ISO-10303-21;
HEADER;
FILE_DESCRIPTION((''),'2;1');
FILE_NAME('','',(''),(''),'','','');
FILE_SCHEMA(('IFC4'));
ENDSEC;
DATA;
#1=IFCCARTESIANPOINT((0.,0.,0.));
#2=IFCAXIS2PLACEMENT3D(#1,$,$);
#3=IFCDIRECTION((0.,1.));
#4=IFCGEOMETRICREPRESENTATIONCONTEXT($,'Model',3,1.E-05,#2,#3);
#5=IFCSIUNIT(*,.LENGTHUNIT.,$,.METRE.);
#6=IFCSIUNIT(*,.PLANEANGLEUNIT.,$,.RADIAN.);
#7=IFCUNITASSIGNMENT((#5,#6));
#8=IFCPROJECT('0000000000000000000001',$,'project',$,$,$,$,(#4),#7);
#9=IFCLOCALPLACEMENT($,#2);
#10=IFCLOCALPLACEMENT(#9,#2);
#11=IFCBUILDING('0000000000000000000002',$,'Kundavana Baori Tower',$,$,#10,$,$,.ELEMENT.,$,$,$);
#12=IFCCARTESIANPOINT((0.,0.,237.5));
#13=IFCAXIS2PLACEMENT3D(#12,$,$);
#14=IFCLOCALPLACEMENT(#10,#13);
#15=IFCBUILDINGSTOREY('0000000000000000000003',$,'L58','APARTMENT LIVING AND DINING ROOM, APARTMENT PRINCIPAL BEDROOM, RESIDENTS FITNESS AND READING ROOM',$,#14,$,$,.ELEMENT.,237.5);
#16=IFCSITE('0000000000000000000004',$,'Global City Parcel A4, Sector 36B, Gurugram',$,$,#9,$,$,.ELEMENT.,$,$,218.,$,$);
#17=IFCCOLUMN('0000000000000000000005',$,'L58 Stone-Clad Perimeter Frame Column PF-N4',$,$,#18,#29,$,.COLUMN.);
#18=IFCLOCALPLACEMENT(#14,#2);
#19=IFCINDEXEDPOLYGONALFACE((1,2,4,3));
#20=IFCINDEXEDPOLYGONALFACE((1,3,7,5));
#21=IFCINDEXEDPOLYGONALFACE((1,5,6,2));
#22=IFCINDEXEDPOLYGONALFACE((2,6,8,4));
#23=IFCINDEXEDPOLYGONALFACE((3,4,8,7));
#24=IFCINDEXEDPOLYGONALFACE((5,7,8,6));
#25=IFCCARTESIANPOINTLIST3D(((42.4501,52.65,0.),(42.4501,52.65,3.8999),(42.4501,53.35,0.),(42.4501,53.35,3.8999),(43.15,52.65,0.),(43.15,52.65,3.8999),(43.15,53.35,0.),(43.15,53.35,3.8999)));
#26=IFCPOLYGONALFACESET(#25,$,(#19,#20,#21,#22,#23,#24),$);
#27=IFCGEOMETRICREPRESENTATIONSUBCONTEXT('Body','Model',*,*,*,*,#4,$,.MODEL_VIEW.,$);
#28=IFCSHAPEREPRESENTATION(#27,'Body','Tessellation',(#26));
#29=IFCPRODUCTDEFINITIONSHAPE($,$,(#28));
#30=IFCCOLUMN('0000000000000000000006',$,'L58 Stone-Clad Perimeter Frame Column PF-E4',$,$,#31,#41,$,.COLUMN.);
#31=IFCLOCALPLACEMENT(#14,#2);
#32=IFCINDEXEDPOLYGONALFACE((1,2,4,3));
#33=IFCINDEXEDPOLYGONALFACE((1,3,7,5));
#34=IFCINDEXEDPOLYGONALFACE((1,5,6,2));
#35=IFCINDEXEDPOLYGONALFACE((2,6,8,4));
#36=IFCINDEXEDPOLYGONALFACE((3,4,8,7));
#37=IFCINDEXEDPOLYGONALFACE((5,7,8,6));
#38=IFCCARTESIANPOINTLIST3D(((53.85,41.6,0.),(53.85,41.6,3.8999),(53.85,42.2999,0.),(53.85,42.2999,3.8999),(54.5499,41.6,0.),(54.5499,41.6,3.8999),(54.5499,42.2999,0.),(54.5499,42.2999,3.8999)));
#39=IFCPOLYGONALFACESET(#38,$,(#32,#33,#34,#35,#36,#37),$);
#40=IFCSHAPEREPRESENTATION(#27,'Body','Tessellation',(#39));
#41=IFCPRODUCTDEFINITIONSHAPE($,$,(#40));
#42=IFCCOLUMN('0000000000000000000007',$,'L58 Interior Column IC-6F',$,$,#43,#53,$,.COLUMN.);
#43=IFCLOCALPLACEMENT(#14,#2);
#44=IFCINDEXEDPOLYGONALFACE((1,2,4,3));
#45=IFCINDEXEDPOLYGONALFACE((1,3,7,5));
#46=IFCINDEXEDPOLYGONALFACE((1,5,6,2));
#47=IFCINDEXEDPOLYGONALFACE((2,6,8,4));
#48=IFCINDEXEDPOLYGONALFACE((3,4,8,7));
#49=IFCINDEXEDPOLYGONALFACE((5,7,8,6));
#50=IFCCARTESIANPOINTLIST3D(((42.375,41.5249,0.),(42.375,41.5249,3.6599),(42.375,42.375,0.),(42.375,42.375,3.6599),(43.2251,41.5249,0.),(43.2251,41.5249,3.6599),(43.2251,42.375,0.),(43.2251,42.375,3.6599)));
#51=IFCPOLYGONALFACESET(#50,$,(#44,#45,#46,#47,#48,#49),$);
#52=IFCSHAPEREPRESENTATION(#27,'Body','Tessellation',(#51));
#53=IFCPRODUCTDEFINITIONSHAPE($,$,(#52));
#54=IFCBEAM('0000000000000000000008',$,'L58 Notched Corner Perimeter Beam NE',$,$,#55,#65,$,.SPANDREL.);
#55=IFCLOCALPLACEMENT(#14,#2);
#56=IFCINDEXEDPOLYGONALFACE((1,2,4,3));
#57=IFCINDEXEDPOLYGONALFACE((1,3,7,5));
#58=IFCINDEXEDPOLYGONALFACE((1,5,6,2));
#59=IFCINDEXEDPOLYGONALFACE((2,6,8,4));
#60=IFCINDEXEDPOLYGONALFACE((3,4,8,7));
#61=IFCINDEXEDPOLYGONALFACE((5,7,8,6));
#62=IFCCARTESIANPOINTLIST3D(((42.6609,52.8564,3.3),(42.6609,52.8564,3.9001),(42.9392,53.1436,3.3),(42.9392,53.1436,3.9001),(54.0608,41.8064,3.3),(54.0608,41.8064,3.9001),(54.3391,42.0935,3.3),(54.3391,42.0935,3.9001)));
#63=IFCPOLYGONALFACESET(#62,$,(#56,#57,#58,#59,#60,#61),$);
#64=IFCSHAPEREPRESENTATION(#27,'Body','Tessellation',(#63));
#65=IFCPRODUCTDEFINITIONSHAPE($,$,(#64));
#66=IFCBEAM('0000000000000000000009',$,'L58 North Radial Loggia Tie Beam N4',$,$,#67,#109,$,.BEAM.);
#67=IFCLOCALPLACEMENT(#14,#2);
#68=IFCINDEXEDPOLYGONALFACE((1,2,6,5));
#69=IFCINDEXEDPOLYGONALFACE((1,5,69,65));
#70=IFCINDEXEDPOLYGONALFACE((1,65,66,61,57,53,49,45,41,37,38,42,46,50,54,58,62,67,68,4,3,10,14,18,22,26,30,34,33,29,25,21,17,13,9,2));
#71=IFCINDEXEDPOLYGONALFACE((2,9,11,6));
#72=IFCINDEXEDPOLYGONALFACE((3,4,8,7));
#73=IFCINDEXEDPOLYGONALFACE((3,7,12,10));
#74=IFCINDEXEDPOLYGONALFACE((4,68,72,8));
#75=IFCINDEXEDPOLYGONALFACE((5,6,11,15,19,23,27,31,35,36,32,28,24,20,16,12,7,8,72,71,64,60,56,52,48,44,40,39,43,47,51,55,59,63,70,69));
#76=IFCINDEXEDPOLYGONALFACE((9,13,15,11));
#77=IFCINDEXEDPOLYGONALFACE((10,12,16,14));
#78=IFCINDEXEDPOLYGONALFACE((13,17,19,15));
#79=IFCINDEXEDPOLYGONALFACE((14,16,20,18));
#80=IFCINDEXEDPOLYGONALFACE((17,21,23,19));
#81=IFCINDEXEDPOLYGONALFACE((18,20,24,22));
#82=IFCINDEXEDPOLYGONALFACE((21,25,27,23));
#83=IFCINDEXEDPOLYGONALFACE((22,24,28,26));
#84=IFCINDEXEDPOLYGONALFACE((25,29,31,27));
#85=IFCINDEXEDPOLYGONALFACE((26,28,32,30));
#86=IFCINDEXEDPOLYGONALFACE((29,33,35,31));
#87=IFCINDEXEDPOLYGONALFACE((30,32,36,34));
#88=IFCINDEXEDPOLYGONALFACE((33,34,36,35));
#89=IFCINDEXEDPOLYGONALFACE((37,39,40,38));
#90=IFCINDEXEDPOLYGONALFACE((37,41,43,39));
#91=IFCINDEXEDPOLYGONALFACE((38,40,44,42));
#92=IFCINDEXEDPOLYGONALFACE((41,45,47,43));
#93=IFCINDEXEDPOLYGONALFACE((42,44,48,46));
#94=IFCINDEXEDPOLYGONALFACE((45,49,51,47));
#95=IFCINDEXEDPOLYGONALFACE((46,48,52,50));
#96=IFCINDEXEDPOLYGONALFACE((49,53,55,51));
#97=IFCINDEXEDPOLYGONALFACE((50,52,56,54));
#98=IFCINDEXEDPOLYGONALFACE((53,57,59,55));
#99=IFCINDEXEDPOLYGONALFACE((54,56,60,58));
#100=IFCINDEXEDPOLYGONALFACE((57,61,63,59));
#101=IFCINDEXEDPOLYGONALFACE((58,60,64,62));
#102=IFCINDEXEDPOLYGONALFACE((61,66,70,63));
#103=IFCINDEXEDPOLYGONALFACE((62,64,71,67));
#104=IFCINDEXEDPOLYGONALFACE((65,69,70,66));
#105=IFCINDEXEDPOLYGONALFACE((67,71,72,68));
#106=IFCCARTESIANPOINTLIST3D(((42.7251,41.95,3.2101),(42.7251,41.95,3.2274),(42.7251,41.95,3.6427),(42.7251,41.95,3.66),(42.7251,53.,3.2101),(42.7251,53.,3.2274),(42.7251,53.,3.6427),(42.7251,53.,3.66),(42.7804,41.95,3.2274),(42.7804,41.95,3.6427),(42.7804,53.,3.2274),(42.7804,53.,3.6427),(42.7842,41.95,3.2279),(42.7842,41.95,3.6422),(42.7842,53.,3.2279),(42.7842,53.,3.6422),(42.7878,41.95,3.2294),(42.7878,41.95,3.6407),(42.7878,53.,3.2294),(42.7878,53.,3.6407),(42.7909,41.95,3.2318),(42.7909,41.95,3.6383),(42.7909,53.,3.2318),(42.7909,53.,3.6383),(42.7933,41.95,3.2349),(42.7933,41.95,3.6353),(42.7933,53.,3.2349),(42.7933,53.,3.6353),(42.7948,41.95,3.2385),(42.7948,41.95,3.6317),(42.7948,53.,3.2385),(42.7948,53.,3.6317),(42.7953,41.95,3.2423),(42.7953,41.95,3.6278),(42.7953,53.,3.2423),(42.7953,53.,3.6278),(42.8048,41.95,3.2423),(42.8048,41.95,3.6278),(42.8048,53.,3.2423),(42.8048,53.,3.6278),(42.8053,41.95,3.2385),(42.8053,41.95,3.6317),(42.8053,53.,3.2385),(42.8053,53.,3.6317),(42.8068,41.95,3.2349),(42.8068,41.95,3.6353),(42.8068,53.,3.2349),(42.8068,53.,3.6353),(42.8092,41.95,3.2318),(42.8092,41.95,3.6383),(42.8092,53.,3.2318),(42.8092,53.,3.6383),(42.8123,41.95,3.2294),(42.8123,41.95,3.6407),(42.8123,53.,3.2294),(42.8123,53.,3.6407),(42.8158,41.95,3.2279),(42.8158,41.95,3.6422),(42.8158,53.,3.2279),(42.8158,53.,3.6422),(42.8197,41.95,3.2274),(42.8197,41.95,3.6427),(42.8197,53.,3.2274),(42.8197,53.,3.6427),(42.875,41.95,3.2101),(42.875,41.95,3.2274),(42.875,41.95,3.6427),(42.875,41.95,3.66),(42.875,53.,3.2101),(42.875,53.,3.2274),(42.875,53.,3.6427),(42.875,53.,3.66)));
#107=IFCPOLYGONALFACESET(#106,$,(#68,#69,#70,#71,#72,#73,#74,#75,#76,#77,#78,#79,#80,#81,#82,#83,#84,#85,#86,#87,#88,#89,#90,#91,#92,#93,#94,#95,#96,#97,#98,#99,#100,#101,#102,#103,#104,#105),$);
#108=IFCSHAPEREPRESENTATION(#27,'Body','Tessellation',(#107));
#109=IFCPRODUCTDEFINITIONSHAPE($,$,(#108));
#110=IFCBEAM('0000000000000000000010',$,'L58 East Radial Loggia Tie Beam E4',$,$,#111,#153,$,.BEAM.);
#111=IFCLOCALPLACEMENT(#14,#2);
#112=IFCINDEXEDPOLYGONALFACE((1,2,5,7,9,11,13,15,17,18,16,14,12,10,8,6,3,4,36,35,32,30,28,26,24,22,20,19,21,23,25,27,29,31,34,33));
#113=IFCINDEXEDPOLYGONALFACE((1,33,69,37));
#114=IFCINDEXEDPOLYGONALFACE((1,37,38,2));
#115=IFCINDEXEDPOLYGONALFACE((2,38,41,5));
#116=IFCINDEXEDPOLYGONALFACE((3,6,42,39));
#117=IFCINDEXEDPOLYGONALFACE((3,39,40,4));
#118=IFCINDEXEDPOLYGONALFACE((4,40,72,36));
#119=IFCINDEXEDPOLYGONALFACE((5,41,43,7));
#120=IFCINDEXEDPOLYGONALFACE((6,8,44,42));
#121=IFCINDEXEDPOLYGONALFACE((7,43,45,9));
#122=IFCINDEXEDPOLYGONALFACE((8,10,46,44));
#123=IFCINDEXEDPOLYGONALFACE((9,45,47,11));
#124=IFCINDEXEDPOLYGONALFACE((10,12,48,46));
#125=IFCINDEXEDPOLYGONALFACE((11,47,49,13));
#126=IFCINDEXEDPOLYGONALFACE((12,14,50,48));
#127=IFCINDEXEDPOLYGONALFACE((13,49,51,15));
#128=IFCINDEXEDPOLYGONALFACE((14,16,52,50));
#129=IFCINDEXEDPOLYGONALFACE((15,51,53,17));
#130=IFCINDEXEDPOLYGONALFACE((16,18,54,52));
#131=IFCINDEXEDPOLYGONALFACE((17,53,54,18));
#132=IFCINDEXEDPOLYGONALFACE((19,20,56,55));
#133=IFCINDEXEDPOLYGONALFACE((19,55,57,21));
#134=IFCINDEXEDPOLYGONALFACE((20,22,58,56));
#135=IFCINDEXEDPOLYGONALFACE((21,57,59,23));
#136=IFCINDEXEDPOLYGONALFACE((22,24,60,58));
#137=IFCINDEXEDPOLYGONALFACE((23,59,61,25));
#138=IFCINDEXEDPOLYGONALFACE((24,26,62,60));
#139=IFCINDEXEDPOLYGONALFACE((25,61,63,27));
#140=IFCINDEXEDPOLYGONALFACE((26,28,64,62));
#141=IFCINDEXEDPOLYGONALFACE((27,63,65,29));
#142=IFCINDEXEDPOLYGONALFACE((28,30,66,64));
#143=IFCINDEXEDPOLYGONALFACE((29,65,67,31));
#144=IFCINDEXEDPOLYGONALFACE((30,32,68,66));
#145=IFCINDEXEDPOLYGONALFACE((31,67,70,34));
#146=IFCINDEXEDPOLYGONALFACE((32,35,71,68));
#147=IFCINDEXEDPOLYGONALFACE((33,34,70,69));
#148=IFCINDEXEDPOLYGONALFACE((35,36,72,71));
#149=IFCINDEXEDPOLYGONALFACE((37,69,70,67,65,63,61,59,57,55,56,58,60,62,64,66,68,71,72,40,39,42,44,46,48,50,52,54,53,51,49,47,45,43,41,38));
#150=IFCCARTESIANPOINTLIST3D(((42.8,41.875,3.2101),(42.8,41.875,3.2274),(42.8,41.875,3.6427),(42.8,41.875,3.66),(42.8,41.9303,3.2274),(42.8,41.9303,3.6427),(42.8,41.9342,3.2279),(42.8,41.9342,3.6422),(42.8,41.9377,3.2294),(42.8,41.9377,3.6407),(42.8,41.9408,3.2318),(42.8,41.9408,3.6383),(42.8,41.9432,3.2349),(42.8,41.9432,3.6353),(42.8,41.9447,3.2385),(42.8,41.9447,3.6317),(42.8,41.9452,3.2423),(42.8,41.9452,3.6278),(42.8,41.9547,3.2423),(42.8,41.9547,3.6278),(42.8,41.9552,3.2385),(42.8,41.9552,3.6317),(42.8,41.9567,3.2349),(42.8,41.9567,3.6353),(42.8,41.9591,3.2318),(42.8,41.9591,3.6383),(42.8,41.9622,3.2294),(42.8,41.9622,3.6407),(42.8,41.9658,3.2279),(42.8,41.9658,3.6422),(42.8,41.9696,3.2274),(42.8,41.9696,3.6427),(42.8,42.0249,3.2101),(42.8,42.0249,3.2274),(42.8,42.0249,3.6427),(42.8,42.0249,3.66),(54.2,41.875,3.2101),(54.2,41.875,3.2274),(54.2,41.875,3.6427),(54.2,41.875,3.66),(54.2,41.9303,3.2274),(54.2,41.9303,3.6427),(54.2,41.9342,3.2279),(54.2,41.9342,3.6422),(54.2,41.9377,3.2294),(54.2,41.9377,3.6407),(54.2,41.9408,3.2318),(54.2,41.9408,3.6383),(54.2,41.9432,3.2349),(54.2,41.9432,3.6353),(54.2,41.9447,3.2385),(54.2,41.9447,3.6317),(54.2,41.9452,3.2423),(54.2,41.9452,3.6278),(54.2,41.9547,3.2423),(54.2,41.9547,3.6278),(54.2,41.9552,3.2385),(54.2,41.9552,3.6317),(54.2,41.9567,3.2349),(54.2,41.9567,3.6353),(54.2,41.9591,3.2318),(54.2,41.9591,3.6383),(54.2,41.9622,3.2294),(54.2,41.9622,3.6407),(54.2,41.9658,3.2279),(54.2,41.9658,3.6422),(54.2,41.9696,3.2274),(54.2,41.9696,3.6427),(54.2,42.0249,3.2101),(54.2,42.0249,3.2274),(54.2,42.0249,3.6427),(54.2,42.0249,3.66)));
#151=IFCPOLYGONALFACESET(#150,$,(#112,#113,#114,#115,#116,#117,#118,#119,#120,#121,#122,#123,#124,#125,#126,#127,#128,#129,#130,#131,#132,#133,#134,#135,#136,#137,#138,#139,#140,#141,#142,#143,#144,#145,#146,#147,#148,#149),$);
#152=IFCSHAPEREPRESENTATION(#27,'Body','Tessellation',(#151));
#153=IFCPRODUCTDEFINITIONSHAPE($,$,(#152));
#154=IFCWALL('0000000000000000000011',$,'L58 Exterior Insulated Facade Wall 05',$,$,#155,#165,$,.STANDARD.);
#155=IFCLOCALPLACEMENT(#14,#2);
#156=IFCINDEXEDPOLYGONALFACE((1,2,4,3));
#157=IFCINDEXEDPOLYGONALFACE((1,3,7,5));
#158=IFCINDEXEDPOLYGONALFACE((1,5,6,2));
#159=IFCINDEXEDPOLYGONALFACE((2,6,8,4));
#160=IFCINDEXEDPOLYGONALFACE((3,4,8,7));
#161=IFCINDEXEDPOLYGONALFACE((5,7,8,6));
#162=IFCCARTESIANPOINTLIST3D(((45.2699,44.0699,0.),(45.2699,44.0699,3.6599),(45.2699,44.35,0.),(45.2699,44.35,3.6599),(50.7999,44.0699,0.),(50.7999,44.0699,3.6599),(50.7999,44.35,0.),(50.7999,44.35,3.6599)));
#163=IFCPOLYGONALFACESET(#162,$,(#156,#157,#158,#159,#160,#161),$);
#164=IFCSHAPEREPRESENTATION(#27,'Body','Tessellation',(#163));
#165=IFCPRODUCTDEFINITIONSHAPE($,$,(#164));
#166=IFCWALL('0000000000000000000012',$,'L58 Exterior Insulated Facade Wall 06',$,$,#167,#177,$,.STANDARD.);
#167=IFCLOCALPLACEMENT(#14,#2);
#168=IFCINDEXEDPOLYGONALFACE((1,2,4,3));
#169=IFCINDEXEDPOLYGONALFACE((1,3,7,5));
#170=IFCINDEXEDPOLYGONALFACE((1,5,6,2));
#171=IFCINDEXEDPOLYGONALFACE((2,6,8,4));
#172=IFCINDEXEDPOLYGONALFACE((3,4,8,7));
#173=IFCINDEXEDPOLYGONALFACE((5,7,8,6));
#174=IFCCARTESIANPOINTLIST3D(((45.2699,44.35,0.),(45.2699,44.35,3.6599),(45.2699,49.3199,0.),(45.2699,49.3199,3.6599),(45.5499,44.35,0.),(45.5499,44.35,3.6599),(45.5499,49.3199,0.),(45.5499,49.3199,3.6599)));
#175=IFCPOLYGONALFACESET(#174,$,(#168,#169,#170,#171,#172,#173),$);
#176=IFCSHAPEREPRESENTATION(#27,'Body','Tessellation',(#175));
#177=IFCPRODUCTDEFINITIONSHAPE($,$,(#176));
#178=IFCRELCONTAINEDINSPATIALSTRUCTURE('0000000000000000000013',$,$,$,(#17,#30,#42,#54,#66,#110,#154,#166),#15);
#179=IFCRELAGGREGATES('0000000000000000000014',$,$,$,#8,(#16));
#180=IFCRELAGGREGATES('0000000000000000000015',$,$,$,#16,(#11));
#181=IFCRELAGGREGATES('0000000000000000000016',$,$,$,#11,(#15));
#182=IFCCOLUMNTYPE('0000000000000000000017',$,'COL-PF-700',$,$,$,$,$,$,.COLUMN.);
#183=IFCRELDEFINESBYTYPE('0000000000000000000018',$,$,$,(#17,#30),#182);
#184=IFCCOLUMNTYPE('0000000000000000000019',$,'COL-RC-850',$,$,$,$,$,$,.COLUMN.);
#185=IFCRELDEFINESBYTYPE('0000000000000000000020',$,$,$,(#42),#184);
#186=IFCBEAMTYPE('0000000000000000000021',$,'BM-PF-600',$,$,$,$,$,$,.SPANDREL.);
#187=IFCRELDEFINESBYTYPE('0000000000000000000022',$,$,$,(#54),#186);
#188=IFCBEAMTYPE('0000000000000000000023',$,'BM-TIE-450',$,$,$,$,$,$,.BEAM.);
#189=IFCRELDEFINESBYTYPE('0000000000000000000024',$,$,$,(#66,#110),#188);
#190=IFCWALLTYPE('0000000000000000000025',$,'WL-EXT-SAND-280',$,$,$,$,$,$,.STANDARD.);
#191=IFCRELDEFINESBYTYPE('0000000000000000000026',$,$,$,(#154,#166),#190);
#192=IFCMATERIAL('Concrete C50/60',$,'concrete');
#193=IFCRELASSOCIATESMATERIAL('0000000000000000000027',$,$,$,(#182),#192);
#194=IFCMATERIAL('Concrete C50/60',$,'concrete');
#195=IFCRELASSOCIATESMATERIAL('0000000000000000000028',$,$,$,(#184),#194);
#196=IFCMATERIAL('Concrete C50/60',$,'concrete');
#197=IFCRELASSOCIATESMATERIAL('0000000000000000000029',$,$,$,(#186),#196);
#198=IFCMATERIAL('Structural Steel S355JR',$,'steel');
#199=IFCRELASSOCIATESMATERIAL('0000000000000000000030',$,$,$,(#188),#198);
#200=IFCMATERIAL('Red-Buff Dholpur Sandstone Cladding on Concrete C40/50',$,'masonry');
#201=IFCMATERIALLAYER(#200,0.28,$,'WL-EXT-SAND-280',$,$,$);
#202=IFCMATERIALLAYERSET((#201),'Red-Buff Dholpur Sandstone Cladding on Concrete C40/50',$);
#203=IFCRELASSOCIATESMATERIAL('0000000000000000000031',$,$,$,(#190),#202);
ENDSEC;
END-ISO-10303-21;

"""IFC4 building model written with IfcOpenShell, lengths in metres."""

from ifc_helpers import new_model, si_unit, direction, frame, frame_2d, origin, origin_2d, place, context, subcontext, project, spatial, rectangle, i_section, extrude, material, layer, layer_set, material_profile, profile_set, type_object, element, save


model = new_model("IFC4")

# Units and contexts
model_context = context("Model", 3, precision=1e-05, world=origin(), true_north=direction((0.0, 1.0)))
body_context = subcontext(model_context, "Body", "Model", "MODEL_VIEW")
ifc_project = project(units=[si_unit("LENGTHUNIT", "METRE"), si_unit("PLANEANGLEUNIT", "RADIAN")], contexts=[model_context])

# Site, building, storey
site_placement = place(None, origin())
site = spatial("IfcSite", under=ifc_project, at=site_placement, Name="Global City Parcel A4, Sector 36B, Gurugram", CompositionType="ELEMENT", RefElevation=218.0)
building_placement = place(site_placement, origin())
building = spatial("IfcBuilding", under=site, at=building_placement, Name="Kundavana Baori Tower", CompositionType="ELEMENT")
storey_placement = place(building_placement, frame((0.0, 0.0, 237.5)))
storey = spatial("IfcBuildingStorey", under=building, at=storey_placement, Name="L58", Description="APARTMENT LIVING AND DINING ROOM, APARTMENT PRINCIPAL BEDROOM, RESIDENTS FITNESS AND READING ROOM", CompositionType="ELEMENT", Elevation=237.5)

# Columns
ifc_material_1 = material(Name="Concrete C50/60", Category="concrete")
ifc_material_profile_1 = material_profile(ifc_material_1, rectangle(XDim=0.7, YDim=0.7, at=origin_2d()), Name="RC PF 700x700")
ifc_profile_set_1 = profile_set([ifc_material_profile_1], Name="Concrete C50/60")
column_type_1 = type_object("IfcColumnType", Name="COL-PF-700", PredefinedType="COLUMN", material=ifc_profile_set_1)
for number, where, z_axis, x_axis, name in (
    (1, (42.8, 53.0, 0.0), (0.0, 0.0, 1.0), (1.0, 0.0, 0.0), "L58 Stone-Clad Perimeter Frame Column PF-N4"),
    (2, (54.2, 41.95, 0.0), (0.0, 0.0, 1.0), (1.0, 0.0, 0.0), "L58 Stone-Clad Perimeter Frame Column PF-E4"),
):
    element("IfcColumn", number, at=place(storey_placement, frame(where, z_axis=z_axis, x_axis=x_axis)), inside=storey, type_object=column_type_1, Name=name, PredefinedType="COLUMN", context=body_context, shape_type="SweptSolid", body=[
        extrude(rectangle(XDim=0.7, YDim=0.7, at=origin_2d()), origin(), (0.0, 0.0, 1.0), 3.8999),
    ])
ifc_material_2 = material(Name="Concrete C50/60", Category="concrete")
ifc_material_profile_2 = material_profile(ifc_material_2, rectangle(XDim=0.8501, YDim=0.8501, at=origin_2d()), Name="RC 850x850")
ifc_profile_set_2 = profile_set([ifc_material_profile_2], Name="Concrete C50/60")
column_type_2 = type_object("IfcColumnType", Name="COL-RC-850", PredefinedType="COLUMN", material=ifc_profile_set_2)
column_placement = place(storey_placement, frame((42.8, 41.95, 0.0), z_axis=(0.0, 0.0, 1.0), x_axis=(1.0, 0.0, 0.0)))
element("IfcColumn", 3, at=column_placement, inside=storey, type_object=column_type_2, Name="L58 Interior Column IC-6F", PredefinedType="COLUMN", context=body_context, shape_type="SweptSolid", body=[
    extrude(rectangle(XDim=0.8501, YDim=0.8501, at=origin_2d()), origin(), (0.0, 0.0, 1.0), 3.6599),
])

# Beams
ifc_material_3 = material(Name="Concrete C50/60", Category="concrete")
ifc_material_profile_3 = material_profile(ifc_material_3, rectangle(XDim=0.3999, YDim=0.6001, at=origin_2d()), Name="RC BM 400x600")
ifc_profile_set_3 = profile_set([ifc_material_profile_3], Name="Concrete C50/60")
beam_type_1 = type_object("IfcBeamType", Name="BM-PF-600", PredefinedType="SPANDREL", material=ifc_profile_set_3)
beam_1_placement = place(storey_placement, frame((42.8, 53.0, 3.6001), z_axis=(0.718039, -0.696003, 0.0), x_axis=(0.696003, 0.718039, 0.0)))
element("IfcBeam", 4, at=beam_1_placement, inside=storey, type_object=beam_type_1, Name="L58 Notched Corner Perimeter Beam NE", PredefinedType="SPANDREL", context=body_context, shape_type="SweptSolid", body=[
    extrude(rectangle(XDim=0.3999, YDim=0.6001, at=origin_2d()), origin(), (0.0, 0.0, 1.0), 15.8765),
])
ifc_material_4 = material(Name="Structural Steel S355JR", Category="steel")
ifc_material_profile_4 = material_profile(ifc_material_4, i_section(OverallWidth=0.1499, OverallDepth=0.45, WebThickness=0.0095, FlangeThickness=0.0173, FilletRadius=0.0149, at=origin_2d()), Name="ISMB 450")
ifc_profile_set_4 = profile_set([ifc_material_profile_4], Name="Structural Steel S355JR")
beam_type_2 = type_object("IfcBeamType", Name="BM-TIE-450", PredefinedType="BEAM", material=ifc_profile_set_4)
beam_2_placement = place(storey_placement, frame((42.8, 41.95, 3.4351), z_axis=(0.0, 1.0, 0.0), x_axis=(-1.0, 0.0, 0.0)))
element("IfcBeam", 5, at=beam_2_placement, inside=storey, type_object=beam_type_2, Name="L58 North Radial Loggia Tie Beam N4", PredefinedType="BEAM", context=body_context, shape_type="SweptSolid", body=[
    extrude(i_section(OverallWidth=0.1499, OverallDepth=0.45, WebThickness=0.0095, FlangeThickness=0.0173, FilletRadius=0.0149, at=origin_2d()), origin(), (0.0, 0.0, 1.0), 11.05),
])
beam_3_placement = place(storey_placement, frame((42.8, 41.95, 3.4351), z_axis=(1.0, 0.0, 0.0), x_axis=(0.0, 1.0, 0.0)))
element("IfcBeam", 6, at=beam_3_placement, inside=storey, type_object=beam_type_2, Name="L58 East Radial Loggia Tie Beam E4", PredefinedType="BEAM", context=body_context, shape_type="SweptSolid", body=[
    extrude(i_section(OverallWidth=0.1499, OverallDepth=0.45, WebThickness=0.0095, FlangeThickness=0.0173, FilletRadius=0.0149, at=origin_2d()), origin(), (0.0, 0.0, 1.0), 11.3999),
])

# Walls
ifc_material_5 = material(Name="Red-Buff Dholpur Sandstone Cladding on Concrete C40/50", Category="masonry")
ifc_layer_1 = layer(ifc_material_5, 0.28, Name="WL-EXT-SAND-280")
ifc_layer_set_1 = layer_set([ifc_layer_1], Name="Red-Buff Dholpur Sandstone Cladding on Concrete C40/50")
wall_type_1 = type_object("IfcWallType", Name="WL-EXT-SAND-280", PredefinedType="STANDARD", material=ifc_layer_set_1)
wall_1_placement = place(storey_placement, frame((50.8, 44.21, 0.0), z_axis=(0.0, 0.0, 1.0), x_axis=(-1.0, 0.0, 0.0)))
element("IfcWall", 7, at=wall_1_placement, inside=storey, type_object=wall_type_1, Name="L58 Exterior Insulated Facade Wall 05", PredefinedType="STANDARD", context=body_context, shape_type="SweptSolid", body=[
    extrude(rectangle(XDim=5.53, YDim=0.28, at=frame_2d((2.7651, 0.0))), origin(), (0.0, 0.0, 1.0), 3.6599),
])
wall_2_placement = place(storey_placement, frame((45.4099, 44.3501, 0.0), z_axis=(0.0, 0.0, 1.0), x_axis=(0.0, 1.0, 0.0)))
element("IfcWall", 8, at=wall_2_placement, inside=storey, type_object=wall_type_1, Name="L58 Exterior Insulated Facade Wall 06", PredefinedType="STANDARD", context=body_context, shape_type="SweptSolid", body=[
    extrude(rectangle(XDim=4.97, YDim=0.28, at=frame_2d((2.4849, 0.0))), origin(), (0.0, 0.0, 1.0), 3.6599),
])

save(model, "model.ifc")
